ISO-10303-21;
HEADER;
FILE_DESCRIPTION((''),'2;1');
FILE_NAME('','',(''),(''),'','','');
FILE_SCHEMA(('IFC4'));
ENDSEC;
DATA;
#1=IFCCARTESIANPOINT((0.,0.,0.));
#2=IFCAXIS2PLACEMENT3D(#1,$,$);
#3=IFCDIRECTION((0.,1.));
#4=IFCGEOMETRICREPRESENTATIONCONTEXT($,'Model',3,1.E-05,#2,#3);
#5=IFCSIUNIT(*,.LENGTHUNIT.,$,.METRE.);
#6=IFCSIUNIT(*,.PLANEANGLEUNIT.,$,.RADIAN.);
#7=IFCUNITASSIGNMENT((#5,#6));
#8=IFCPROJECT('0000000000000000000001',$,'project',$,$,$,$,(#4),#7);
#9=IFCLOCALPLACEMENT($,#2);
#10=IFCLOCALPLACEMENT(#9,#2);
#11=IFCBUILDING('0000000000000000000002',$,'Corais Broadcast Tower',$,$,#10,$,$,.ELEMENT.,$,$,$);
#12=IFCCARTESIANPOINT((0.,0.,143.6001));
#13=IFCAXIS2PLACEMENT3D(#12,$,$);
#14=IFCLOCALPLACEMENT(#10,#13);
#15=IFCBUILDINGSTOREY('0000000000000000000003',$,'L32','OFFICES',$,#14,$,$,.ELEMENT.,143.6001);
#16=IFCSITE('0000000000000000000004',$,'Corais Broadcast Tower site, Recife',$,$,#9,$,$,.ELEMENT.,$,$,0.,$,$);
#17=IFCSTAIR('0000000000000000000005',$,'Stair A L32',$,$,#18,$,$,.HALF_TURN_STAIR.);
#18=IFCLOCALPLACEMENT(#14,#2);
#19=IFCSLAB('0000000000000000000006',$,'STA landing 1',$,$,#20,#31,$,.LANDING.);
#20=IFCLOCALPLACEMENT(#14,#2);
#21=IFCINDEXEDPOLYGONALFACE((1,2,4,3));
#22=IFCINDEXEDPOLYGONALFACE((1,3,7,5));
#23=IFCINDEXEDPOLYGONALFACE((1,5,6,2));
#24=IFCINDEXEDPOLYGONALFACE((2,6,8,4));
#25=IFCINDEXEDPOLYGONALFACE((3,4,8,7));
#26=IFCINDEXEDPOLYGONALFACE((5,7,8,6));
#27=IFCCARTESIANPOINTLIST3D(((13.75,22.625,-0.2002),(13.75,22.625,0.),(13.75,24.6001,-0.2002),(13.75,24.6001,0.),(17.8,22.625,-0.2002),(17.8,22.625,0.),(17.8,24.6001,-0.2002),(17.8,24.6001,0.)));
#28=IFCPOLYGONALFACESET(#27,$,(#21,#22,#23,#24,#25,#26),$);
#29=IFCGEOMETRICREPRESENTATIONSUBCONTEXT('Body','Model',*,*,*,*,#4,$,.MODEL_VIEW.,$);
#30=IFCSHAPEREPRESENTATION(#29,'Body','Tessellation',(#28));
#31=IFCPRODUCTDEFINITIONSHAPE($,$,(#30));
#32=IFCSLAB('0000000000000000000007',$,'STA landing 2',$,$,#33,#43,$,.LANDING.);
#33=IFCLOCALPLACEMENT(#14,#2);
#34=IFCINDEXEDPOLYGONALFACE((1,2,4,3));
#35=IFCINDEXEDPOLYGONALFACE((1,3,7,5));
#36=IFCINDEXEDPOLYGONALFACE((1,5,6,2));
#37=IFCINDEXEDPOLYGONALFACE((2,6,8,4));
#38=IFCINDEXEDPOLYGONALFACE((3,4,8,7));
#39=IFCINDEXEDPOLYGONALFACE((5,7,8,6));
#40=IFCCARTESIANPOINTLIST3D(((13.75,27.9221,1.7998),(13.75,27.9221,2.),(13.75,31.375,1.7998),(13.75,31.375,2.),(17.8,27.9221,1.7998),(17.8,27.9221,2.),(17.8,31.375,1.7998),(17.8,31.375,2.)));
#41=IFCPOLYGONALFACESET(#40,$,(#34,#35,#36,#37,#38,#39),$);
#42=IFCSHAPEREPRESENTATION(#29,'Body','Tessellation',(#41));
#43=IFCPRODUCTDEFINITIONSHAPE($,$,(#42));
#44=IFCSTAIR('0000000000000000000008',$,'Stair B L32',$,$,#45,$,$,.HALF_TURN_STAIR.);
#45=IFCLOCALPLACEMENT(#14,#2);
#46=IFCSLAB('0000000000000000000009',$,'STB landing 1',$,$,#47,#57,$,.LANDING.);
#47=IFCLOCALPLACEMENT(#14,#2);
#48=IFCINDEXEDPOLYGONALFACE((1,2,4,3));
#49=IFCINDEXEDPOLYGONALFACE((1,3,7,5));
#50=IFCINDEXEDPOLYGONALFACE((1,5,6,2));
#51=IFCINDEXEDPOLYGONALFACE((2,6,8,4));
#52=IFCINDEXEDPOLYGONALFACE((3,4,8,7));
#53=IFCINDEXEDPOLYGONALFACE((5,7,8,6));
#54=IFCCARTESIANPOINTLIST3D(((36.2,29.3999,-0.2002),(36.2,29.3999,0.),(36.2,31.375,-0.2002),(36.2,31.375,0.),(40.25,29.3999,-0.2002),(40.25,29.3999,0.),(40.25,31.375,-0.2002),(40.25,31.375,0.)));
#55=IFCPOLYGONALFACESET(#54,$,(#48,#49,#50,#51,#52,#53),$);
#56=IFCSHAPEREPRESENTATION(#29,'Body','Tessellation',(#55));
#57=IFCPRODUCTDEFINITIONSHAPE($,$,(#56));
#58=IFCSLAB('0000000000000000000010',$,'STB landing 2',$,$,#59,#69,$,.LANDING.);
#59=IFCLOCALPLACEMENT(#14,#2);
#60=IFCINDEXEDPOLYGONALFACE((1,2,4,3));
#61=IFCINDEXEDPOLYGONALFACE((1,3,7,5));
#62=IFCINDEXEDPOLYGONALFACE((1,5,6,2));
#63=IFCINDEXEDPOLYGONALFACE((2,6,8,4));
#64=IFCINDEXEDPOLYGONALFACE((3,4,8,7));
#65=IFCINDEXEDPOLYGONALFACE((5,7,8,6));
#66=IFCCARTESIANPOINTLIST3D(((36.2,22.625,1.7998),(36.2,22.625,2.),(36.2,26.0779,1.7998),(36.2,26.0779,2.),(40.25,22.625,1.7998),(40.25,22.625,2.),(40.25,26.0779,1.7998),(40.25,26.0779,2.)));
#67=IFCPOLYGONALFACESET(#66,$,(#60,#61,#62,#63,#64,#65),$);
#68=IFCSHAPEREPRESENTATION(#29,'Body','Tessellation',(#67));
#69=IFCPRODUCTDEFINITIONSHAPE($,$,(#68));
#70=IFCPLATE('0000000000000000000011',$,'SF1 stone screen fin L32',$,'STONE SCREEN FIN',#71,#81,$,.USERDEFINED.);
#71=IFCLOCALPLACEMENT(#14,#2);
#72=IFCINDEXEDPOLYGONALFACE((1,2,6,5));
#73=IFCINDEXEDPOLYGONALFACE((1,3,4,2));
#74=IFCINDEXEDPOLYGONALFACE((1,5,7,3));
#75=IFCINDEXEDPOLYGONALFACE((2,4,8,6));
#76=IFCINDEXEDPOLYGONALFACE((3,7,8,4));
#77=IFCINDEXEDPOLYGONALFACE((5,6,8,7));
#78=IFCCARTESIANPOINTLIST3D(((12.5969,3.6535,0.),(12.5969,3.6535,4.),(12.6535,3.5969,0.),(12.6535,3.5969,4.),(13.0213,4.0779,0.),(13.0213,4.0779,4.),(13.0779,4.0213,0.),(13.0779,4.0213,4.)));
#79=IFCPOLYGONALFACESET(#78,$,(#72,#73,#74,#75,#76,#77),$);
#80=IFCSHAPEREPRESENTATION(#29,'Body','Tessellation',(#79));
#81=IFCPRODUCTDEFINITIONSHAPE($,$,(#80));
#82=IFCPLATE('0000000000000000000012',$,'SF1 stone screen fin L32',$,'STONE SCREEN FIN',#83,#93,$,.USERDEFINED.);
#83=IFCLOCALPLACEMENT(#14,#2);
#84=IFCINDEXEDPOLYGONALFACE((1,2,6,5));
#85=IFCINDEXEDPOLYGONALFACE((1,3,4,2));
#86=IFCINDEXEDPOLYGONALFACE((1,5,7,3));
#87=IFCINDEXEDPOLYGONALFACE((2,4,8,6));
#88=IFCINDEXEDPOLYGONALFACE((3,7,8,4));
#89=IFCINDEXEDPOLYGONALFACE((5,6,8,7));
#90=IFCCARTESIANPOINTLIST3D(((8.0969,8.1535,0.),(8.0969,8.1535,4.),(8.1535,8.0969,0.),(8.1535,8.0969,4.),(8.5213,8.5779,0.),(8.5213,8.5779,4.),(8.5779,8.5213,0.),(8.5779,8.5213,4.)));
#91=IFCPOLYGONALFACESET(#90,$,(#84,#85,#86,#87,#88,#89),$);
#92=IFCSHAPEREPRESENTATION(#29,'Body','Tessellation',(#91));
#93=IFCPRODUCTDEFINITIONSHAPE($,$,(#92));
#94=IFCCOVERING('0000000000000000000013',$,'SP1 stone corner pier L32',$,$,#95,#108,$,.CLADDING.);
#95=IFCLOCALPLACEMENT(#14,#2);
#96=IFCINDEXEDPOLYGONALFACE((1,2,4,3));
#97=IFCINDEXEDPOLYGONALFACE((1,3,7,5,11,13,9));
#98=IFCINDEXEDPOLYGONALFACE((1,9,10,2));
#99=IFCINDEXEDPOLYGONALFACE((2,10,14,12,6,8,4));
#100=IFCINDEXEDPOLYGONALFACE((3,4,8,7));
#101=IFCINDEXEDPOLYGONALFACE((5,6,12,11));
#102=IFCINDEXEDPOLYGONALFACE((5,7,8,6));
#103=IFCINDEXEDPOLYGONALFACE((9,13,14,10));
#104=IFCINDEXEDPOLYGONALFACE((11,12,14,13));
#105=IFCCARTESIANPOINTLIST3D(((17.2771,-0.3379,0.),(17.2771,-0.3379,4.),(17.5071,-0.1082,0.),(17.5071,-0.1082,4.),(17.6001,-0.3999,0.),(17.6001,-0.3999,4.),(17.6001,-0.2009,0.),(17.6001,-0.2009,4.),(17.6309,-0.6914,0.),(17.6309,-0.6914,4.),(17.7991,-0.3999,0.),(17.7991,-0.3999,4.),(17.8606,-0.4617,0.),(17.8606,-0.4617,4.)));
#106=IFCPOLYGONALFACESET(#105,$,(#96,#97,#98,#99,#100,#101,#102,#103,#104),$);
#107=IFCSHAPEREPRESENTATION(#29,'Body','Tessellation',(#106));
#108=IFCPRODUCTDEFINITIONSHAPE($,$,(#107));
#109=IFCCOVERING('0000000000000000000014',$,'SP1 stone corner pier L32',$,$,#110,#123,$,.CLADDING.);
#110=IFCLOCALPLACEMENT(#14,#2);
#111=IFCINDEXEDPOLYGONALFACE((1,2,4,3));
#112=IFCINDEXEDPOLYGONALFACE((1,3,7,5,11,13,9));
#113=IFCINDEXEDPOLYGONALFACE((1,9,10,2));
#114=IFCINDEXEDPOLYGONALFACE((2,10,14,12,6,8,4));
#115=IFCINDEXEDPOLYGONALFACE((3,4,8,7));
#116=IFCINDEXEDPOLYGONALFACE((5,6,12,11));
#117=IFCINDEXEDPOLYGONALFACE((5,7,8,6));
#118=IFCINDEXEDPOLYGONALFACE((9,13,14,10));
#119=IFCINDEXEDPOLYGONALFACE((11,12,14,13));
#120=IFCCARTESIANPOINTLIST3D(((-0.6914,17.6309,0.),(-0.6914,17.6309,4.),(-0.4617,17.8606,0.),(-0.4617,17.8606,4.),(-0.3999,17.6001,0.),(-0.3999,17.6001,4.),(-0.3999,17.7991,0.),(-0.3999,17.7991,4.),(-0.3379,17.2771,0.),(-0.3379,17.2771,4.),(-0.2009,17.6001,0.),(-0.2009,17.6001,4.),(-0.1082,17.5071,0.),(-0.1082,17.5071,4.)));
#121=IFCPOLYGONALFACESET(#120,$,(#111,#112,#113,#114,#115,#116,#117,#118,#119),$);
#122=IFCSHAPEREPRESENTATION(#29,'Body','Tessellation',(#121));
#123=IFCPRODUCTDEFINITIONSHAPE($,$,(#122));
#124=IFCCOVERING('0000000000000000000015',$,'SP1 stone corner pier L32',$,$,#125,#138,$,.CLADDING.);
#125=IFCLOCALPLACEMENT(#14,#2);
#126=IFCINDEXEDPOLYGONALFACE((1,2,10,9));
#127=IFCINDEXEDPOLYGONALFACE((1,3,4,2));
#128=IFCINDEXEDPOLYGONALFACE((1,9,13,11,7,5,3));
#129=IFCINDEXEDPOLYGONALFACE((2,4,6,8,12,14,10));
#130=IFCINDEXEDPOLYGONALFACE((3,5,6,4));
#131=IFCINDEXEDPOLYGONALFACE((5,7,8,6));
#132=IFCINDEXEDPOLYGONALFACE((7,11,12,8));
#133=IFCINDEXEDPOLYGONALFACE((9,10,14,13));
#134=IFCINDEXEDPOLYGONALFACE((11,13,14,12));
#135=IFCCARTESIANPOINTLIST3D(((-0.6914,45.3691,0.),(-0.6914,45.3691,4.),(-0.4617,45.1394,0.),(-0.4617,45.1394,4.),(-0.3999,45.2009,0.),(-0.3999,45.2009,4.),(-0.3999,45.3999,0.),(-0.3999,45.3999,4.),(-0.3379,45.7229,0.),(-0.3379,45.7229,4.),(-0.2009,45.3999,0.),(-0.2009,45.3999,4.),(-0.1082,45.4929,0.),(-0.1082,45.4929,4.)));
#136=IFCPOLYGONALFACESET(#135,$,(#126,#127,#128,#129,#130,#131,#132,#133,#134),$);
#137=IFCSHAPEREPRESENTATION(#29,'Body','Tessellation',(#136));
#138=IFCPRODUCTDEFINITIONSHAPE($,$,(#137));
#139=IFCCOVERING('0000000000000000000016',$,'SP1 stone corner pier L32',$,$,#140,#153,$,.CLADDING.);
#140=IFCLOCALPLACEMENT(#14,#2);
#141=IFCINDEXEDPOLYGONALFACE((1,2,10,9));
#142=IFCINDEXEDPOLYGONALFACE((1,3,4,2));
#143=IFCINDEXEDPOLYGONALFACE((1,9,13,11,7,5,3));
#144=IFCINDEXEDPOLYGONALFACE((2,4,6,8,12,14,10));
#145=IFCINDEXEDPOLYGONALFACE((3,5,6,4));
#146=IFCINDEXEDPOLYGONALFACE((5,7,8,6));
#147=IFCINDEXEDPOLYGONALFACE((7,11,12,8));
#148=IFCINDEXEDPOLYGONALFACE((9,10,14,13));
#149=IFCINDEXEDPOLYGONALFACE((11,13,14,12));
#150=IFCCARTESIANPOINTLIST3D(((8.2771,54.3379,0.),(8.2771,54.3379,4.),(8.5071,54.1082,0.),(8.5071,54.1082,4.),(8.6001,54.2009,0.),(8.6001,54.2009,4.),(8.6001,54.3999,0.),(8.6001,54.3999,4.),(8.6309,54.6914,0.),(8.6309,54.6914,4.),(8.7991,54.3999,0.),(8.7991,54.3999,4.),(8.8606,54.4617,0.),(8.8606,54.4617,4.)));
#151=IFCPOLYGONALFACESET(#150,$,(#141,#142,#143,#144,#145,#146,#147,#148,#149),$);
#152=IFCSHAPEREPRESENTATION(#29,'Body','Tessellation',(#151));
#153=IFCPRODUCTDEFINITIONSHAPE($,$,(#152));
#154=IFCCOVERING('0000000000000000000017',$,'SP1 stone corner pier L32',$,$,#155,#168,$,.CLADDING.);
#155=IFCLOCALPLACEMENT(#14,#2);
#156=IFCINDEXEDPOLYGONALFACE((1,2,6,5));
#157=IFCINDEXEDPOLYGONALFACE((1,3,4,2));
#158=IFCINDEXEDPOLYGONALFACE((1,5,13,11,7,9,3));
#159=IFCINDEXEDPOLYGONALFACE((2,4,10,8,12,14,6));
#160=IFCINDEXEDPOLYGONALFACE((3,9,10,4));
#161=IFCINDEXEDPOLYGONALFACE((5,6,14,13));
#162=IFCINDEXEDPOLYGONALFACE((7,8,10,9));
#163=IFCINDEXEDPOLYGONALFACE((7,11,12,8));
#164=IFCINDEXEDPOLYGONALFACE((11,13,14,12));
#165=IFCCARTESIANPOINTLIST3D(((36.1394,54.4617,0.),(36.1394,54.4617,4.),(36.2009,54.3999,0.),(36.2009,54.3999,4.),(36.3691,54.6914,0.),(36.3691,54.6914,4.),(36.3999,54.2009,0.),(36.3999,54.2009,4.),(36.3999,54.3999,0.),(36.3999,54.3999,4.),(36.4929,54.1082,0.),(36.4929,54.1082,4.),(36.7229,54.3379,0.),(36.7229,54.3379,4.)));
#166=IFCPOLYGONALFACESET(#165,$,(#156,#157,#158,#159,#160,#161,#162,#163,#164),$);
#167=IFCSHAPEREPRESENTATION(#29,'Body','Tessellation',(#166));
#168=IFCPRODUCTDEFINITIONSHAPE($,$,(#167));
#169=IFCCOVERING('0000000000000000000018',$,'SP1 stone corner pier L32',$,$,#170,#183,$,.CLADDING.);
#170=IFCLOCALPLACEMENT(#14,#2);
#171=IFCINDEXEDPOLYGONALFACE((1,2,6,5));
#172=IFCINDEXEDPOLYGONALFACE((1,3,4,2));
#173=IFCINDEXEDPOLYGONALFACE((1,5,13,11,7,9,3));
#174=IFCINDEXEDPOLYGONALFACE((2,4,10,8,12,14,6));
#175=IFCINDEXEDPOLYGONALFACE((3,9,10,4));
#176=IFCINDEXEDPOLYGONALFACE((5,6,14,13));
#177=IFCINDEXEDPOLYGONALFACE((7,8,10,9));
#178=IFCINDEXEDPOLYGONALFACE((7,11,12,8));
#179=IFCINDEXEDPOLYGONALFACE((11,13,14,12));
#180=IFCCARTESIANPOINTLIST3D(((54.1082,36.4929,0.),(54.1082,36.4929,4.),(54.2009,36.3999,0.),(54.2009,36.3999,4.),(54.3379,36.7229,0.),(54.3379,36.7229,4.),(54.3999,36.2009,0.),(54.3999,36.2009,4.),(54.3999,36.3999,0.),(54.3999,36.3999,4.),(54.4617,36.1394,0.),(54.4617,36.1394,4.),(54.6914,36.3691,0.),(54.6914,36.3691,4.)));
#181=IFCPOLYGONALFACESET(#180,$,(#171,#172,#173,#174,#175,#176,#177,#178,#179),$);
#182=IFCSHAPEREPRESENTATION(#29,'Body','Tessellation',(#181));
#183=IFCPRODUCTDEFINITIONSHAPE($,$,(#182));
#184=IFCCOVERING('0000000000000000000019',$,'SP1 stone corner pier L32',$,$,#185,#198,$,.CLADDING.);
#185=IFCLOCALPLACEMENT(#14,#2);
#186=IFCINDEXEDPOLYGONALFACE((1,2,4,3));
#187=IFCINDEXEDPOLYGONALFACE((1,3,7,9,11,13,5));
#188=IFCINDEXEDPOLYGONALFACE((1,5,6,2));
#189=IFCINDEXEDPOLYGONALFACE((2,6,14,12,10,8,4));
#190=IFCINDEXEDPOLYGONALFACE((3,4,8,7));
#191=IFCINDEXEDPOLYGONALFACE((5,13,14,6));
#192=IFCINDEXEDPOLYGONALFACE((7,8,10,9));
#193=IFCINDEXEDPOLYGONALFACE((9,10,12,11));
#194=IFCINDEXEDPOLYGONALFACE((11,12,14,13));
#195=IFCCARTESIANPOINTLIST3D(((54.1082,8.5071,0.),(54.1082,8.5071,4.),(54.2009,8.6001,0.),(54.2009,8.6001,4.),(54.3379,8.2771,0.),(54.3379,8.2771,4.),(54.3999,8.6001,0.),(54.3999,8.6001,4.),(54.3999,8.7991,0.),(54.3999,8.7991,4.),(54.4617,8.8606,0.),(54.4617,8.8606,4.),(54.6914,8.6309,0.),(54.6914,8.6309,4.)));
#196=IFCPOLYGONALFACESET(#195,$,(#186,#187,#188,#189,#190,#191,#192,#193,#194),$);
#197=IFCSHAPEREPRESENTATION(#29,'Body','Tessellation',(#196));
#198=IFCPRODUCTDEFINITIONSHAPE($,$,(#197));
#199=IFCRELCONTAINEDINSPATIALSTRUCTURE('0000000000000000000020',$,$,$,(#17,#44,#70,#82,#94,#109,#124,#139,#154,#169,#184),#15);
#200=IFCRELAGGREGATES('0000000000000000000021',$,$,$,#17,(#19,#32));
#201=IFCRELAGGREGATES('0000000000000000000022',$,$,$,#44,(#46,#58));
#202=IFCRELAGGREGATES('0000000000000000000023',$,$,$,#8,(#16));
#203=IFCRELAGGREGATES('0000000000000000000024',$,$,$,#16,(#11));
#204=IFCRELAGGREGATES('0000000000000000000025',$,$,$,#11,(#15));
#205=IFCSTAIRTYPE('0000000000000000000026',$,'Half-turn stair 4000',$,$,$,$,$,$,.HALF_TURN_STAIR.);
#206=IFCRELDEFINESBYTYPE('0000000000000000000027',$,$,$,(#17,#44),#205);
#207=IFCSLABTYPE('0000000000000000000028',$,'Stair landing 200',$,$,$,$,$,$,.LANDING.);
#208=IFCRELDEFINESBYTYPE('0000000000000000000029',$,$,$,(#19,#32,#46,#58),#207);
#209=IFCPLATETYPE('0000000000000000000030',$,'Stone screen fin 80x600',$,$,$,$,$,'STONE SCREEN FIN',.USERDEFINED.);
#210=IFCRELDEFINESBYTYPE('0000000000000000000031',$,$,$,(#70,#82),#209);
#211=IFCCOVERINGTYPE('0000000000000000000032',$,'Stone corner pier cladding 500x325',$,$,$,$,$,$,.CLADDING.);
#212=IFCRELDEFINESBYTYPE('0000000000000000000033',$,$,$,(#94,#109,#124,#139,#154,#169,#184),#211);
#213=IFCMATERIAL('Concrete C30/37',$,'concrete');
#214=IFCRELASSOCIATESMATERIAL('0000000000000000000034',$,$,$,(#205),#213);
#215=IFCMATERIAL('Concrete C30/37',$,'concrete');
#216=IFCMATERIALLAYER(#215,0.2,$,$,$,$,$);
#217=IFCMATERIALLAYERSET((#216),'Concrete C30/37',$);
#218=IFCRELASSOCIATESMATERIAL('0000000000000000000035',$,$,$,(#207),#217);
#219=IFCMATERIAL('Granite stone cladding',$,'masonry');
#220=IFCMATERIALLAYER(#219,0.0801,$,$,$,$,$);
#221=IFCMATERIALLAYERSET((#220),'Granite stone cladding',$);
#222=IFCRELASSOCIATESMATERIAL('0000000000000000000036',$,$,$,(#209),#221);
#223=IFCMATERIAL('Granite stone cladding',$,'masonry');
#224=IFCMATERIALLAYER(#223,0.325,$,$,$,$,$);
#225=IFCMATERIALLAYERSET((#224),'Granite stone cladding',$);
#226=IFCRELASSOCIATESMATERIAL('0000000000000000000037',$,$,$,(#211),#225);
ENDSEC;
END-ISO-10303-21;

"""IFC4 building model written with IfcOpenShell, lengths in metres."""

from ifc_helpers import new_model, si_unit, direction, frame, origin, origin_2d, place, context, subcontext, project, spatial, polyline, rectangle, outline, extrude, material, layer, layer_set, type_object, element, aggregate, save


model = new_model("IFC4")

# Units and contexts
model_context = context("Model", 3, precision=1e-05, world=origin(), true_north=direction((0.0, 1.0)))
body_context = subcontext(model_context, "Body", "Model", "MODEL_VIEW")
ifc_project = project(units=[si_unit("LENGTHUNIT", "METRE"), si_unit("PLANEANGLEUNIT", "RADIAN")], contexts=[model_context])

# Site, building, storey
site_placement = place(None, origin())
site = spatial("IfcSite", under=ifc_project, at=site_placement, Name="Corais Broadcast Tower site, Recife", CompositionType="ELEMENT", RefElevation=0.0)
building_placement = place(site_placement, origin())
building = spatial("IfcBuilding", under=site, at=building_placement, Name="Corais Broadcast Tower", CompositionType="ELEMENT")
storey_placement = place(building_placement, frame((0.0, 0.0, 143.6001)))
storey = spatial("IfcBuildingStorey", under=building, at=storey_placement, Name="L32", Description="OFFICES", CompositionType="ELEMENT", Elevation=143.6001)

# Stairs, slabs
ifc_material_1 = material(Name="Concrete C30/37", Category="concrete")
stair_type = type_object("IfcStairType", Name="Half-turn stair 4000", PredefinedType="HALF_TURN_STAIR", material=ifc_material_1)
stair_1_placement = place(storey_placement, origin())
stair_1 = element("IfcStair", 1, at=stair_1_placement, inside=storey, type_object=stair_type, Name="Stair A L32", PredefinedType="HALF_TURN_STAIR")
ifc_material_2 = material(Name="Concrete C30/37", Category="concrete")
ifc_layer_1 = layer(ifc_material_2, 0.2)
ifc_layer_set_1 = layer_set([ifc_layer_1], Name="Concrete C30/37")
slab_type_1 = type_object("IfcSlabType", Name="Stair landing 200", PredefinedType="LANDING", material=ifc_layer_set_1)
slab_1_placement = place(storey_placement, frame((0.0, 0.0, -0.2002)))
slab_1 = element("IfcSlab", 2, at=slab_1_placement, type_object=slab_type_1, Name="STA landing 1", PredefinedType="LANDING", context=body_context, shape_type="SweptSolid", body=[
    extrude(outline(polyline([(13.75, 22.625), (17.8, 22.625), (17.8, 24.6001), (13.75, 24.6001), (13.75, 22.625)])), origin(), (0.0, 0.0, 1.0), 0.2002),
])
slab_2_placement = place(storey_placement, frame((0.0, 0.0, 1.7998)))
slab_2 = element("IfcSlab", 3, at=slab_2_placement, type_object=slab_type_1, Name="STA landing 2", PredefinedType="LANDING", context=body_context, shape_type="SweptSolid", body=[
    extrude(outline(polyline([(13.75, 27.9221), (17.8, 27.9221), (17.8, 31.375), (13.75, 31.375), (13.75, 27.9221)])), origin(), (0.0, 0.0, 1.0), 0.2002),
])
aggregate(stair_1, [slab_1, slab_2])
stair_2_placement = place(storey_placement, origin())
stair_2 = element("IfcStair", 4, at=stair_2_placement, inside=storey, type_object=stair_type, Name="Stair B L32", PredefinedType="HALF_TURN_STAIR")
slab_3_placement = place(storey_placement, frame((0.0, 0.0, -0.2002)))
slab_3 = element("IfcSlab", 5, at=slab_3_placement, type_object=slab_type_1, Name="STB landing 1", PredefinedType="LANDING", context=body_context, shape_type="SweptSolid", body=[
    extrude(outline(polyline([(36.2, 29.3999), (40.25, 29.3999), (40.25, 31.375), (36.2, 31.375), (36.2, 29.3999)])), origin(), (0.0, 0.0, 1.0), 0.2002),
])
slab_4_placement = place(storey_placement, frame((0.0, 0.0, 1.7998)))
slab_4 = element("IfcSlab", 6, at=slab_4_placement, type_object=slab_type_1, Name="STB landing 2", PredefinedType="LANDING", context=body_context, shape_type="SweptSolid", body=[
    extrude(outline(polyline([(36.2, 22.625), (40.25, 22.625), (40.25, 26.0779), (36.2, 26.0779), (36.2, 22.625)])), origin(), (0.0, 0.0, 1.0), 0.2002),
])
aggregate(stair_2, [slab_3, slab_4])

# Plates
ifc_material_3 = material(Name="Granite stone cladding", Category="masonry")
ifc_layer_2 = layer(ifc_material_3, 0.0801)
ifc_layer_set_2 = layer_set([ifc_layer_2], Name="Granite stone cladding")
plate_type_1 = type_object("IfcPlateType", Name="Stone screen fin 80x600", ElementType="STONE SCREEN FIN", PredefinedType="USERDEFINED", material=ifc_layer_set_2)
for number, where, z_axis, x_axis, name in (
    (7, (12.8374, 3.8374, 0.0), (0.0, 0.0, 1.0), (-0.707107, 0.707107, 0.0), "SF1 stone screen fin L32"),
    (8, (8.3374, 8.3374, 0.0), (0.0, 0.0, 1.0), (-0.707107, 0.707107, 0.0), "SF1 stone screen fin L32"),
):
    element("IfcPlate", number, at=place(storey_placement, frame(where, z_axis=z_axis, x_axis=x_axis)), inside=storey, type_object=plate_type_1, Name=name, ObjectType="STONE SCREEN FIN", PredefinedType="USERDEFINED", context=body_context, shape_type="SweptSolid", body=[
        extrude(rectangle(XDim=0.0801, YDim=0.6001, at=origin_2d()), origin(), (0.0, 0.0, 1.0), 4.0),
    ])

# Coverings
ifc_material_4 = material(Name="Granite stone cladding", Category="masonry")
ifc_layer_3 = layer(ifc_material_4, 0.325)
ifc_layer_set_3 = layer_set([ifc_layer_3], Name="Granite stone cladding")
covering_type_1 = type_object("IfcCoveringType", Name="Stone corner pier cladding 500x325", PredefinedType="CLADDING", material=ifc_layer_set_3)
covering_1_placement = place(storey_placement, origin())
element("IfcCovering", 9, at=covering_1_placement, inside=storey, type_object=covering_type_1, Name="SP1 stone corner pier L32", PredefinedType="CLADDING", context=body_context, shape_type="SweptSolid", body=[
    extrude(outline(polyline([(17.8606, -0.4617), (17.7991, -0.3999), (17.6001, -0.3999), (17.6001, -0.2009), (17.5071, -0.1082), (17.2771, -0.3379), (17.6309, -0.6914), (17.8606, -0.4617)])), origin(), (0.0, 0.0, 1.0), 4.0),
])
covering_2_placement = place(storey_placement, origin())
element("IfcCovering", 10, at=covering_2_placement, inside=storey, type_object=covering_type_1, Name="SP1 stone corner pier L32", PredefinedType="CLADDING", context=body_context, shape_type="SweptSolid", body=[
    extrude(outline(polyline([(-0.3999, 17.7991), (-0.4617, 17.8606), (-0.6914, 17.6309), (-0.3379, 17.2771), (-0.1082, 17.5071), (-0.2009, 17.6001), (-0.3999, 17.6001), (-0.3999, 17.7991)])), origin(), (0.0, 0.0, 1.0), 4.0),
])
covering_3_placement = place(storey_placement, origin())
element("IfcCovering", 11, at=covering_3_placement, inside=storey, type_object=covering_type_1, Name="SP1 stone corner pier L32", PredefinedType="CLADDING", context=body_context, shape_type="SweptSolid", body=[
    extrude(outline(polyline([(-0.4617, 45.1394), (-0.3999, 45.2009), (-0.3999, 45.3999), (-0.2009, 45.3999), (-0.1082, 45.4929), (-0.3379, 45.7229), (-0.6914, 45.3691), (-0.4617, 45.1394)])), origin(), (0.0, 0.0, 1.0), 4.0),
])
covering_4_placement = place(storey_placement, origin())
element("IfcCovering", 12, at=covering_4_placement, inside=storey, type_object=covering_type_1, Name="SP1 stone corner pier L32", PredefinedType="CLADDING", context=body_context, shape_type="SweptSolid", body=[
    extrude(outline(polyline([(8.7991, 54.3999), (8.8606, 54.4617), (8.6309, 54.6914), (8.2771, 54.3379), (8.5071, 54.1082), (8.6001, 54.2009), (8.6001, 54.3999), (8.7991, 54.3999)])), origin(), (0.0, 0.0, 1.0), 4.0),
])
covering_5_placement = place(storey_placement, origin())
element("IfcCovering", 13, at=covering_5_placement, inside=storey, type_object=covering_type_1, Name="SP1 stone corner pier L32", PredefinedType="CLADDING", context=body_context, shape_type="SweptSolid", body=[
    extrude(outline(polyline([(36.1394, 54.4617), (36.2009, 54.3999), (36.3999, 54.3999), (36.3999, 54.2009), (36.4929, 54.1082), (36.7229, 54.3379), (36.3691, 54.6914), (36.1394, 54.4617)])), origin(), (0.0, 0.0, 1.0), 4.0),
])
covering_6_placement = place(storey_placement, origin())
element("IfcCovering", 14, at=covering_6_placement, inside=storey, type_object=covering_type_1, Name="SP1 stone corner pier L32", PredefinedType="CLADDING", context=body_context, shape_type="SweptSolid", body=[
    extrude(outline(polyline([(54.3999, 36.2009), (54.4617, 36.1394), (54.6914, 36.3691), (54.3379, 36.7229), (54.1082, 36.4929), (54.2009, 36.3999), (54.3999, 36.3999), (54.3999, 36.2009)])), origin(), (0.0, 0.0, 1.0), 4.0),
])
covering_7_placement = place(storey_placement, origin())
element("IfcCovering", 15, at=covering_7_placement, inside=storey, type_object=covering_type_1, Name="SP1 stone corner pier L32", PredefinedType="CLADDING", context=body_context, shape_type="SweptSolid", body=[
    extrude(outline(polyline([(54.4617, 8.8606), (54.3999, 8.7991), (54.3999, 8.6001), (54.2009, 8.6001), (54.1082, 8.5071), (54.3379, 8.2771), (54.6914, 8.6309), (54.4617, 8.8606)])), origin(), (0.0, 0.0, 1.0), 4.0),
])

save(model, "model.ifc")
